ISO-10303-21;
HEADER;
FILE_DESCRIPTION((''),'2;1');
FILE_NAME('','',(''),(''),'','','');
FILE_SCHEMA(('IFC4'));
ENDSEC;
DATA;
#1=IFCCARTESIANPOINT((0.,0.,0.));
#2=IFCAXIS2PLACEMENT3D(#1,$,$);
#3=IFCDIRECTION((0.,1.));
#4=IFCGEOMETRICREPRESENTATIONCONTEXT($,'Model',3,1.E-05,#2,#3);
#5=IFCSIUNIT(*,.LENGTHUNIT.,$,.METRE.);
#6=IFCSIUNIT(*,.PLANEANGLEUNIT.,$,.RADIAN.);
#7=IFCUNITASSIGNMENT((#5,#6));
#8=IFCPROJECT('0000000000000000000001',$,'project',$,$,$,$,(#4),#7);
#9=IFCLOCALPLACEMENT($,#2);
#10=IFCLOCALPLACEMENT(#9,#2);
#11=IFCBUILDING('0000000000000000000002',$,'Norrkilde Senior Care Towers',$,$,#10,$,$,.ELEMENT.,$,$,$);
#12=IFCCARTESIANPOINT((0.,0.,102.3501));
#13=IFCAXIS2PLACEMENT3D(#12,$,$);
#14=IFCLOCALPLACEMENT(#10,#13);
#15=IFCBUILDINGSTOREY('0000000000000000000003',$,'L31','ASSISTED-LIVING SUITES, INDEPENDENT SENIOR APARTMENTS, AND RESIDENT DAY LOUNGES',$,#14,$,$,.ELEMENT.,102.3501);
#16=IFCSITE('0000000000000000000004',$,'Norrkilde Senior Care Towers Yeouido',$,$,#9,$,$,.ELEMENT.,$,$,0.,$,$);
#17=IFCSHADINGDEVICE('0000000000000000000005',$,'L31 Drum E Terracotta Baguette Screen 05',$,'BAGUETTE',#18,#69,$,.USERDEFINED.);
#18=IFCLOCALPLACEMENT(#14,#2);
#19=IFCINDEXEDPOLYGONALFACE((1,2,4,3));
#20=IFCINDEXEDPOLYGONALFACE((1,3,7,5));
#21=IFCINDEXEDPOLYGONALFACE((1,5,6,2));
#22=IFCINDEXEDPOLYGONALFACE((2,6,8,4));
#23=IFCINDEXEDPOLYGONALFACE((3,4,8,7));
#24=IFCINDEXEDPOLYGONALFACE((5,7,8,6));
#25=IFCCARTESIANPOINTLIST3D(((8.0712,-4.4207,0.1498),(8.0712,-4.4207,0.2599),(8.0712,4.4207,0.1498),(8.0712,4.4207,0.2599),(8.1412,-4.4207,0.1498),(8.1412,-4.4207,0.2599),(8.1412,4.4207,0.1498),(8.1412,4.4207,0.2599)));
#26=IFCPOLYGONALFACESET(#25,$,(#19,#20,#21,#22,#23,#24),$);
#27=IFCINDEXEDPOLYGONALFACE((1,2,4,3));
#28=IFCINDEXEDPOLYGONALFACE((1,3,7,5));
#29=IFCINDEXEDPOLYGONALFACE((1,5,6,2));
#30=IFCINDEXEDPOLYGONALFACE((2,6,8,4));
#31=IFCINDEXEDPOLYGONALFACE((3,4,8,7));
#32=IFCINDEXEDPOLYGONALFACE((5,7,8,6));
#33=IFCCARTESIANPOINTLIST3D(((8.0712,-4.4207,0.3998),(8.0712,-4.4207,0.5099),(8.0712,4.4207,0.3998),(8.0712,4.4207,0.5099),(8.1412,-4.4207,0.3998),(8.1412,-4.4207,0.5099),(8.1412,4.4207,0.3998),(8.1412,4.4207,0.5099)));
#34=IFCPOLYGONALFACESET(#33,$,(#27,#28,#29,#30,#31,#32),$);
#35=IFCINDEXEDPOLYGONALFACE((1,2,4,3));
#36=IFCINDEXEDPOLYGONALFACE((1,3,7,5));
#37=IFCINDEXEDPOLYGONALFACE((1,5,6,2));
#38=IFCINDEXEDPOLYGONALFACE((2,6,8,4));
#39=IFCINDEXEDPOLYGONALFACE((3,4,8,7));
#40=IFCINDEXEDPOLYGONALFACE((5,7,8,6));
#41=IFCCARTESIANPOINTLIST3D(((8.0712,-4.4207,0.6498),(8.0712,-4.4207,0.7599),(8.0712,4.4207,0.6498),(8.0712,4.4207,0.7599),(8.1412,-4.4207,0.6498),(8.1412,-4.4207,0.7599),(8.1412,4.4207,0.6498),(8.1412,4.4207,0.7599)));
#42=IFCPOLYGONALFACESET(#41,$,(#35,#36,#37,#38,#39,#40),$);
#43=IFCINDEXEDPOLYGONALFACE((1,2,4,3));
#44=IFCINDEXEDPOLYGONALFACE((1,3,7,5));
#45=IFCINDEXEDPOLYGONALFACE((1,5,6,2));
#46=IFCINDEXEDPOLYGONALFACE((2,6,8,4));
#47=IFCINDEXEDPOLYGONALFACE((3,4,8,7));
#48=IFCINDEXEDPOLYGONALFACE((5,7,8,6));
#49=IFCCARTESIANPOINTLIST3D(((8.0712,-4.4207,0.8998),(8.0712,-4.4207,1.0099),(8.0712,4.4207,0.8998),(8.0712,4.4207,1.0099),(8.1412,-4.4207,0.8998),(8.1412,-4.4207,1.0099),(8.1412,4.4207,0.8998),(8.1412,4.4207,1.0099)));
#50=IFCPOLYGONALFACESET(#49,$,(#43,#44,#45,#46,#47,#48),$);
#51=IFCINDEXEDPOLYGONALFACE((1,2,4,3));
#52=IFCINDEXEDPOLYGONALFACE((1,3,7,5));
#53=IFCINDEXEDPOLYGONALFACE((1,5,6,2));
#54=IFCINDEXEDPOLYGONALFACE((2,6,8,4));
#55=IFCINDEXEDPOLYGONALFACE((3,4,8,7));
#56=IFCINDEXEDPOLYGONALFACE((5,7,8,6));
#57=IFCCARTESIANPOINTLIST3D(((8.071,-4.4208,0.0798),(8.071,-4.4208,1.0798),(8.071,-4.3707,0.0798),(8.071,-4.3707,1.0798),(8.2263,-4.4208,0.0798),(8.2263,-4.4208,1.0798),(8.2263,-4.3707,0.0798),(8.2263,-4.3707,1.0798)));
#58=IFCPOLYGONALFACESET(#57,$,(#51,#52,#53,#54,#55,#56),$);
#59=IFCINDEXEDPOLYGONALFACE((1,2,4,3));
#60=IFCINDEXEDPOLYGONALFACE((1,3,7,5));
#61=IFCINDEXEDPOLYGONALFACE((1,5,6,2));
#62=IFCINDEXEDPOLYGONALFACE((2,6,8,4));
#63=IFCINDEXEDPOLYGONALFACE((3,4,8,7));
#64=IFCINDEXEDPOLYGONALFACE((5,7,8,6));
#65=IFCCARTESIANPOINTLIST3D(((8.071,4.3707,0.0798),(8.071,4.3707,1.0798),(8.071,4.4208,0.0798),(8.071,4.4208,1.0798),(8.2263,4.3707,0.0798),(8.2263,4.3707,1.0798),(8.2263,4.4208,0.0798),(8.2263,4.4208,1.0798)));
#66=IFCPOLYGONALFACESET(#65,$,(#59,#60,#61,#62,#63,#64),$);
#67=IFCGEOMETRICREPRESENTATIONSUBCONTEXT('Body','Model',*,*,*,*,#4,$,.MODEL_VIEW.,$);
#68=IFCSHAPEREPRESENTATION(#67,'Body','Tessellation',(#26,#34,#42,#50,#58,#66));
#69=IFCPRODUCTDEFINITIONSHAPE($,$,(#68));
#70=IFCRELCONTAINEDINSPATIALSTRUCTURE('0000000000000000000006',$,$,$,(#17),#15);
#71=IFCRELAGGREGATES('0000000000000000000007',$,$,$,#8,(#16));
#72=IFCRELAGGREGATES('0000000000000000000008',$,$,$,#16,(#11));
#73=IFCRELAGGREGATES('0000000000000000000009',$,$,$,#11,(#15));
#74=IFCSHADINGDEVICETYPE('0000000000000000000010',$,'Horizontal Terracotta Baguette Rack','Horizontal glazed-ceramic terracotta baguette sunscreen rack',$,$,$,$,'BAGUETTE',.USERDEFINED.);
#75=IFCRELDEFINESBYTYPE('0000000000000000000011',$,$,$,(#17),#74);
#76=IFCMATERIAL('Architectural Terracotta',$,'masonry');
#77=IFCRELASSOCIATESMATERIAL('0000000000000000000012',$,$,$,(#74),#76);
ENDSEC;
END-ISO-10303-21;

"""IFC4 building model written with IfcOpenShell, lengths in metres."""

from ifc_helpers import new_model, si_unit, direction, frame, origin, origin_2d, place, context, subcontext, project, spatial, rectangle, extrude, source, transform, mapped, material, type_object, type_shapes, element, save


model = new_model("IFC4")

# Units and contexts
model_context = context("Model", 3, precision=1e-05, world=origin(), true_north=direction((0.0, 1.0)))
body_context = subcontext(model_context, "Body", "Model", "MODEL_VIEW")
ifc_project = project(units=[si_unit("LENGTHUNIT", "METRE"), si_unit("PLANEANGLEUNIT", "RADIAN")], contexts=[model_context])

# Site, building, storey
site_placement = place(None, origin())
site = spatial("IfcSite", under=ifc_project, at=site_placement, Name="Norrkilde Senior Care Towers Yeouido", CompositionType="ELEMENT", RefElevation=0.0)
building_placement = place(site_placement, origin())
building = spatial("IfcBuilding", under=site, at=building_placement, Name="Norrkilde Senior Care Towers", CompositionType="ELEMENT")
storey_placement = place(building_placement, frame((0.0, 0.0, 102.3501)))
storey = spatial("IfcBuildingStorey", under=building, at=storey_placement, Name="L31", Description="ASSISTED-LIVING SUITES, INDEPENDENT SENIOR APARTMENTS, AND RESIDENT DAY LOUNGES", CompositionType="ELEMENT", Elevation=102.3501)

# Shading device
ifc_material_1 = material(Name="Architectural Terracotta", Category="masonry")
shading_device_type = type_object("IfcShadingDeviceType", Name="Horizontal Terracotta Baguette Rack", Description="Horizontal glazed-ceramic terracotta baguette sunscreen rack", ElementType="BAGUETTE", PredefinedType="USERDEFINED", material=ifc_material_1)
shared_shape_1 = source(origin(), body_context, "Body", "SweptSolid", [
    extrude(rectangle(XDim=0.0701, YDim=0.1101, at=origin_2d()), frame((0.0, 0.0901, 0.125), z_axis=(1.0, 0.0, 0.0), x_axis=(0.0, 1.0, 0.0)), (0.0, 0.0, 1.0), 8.8413),
    extrude(rectangle(XDim=0.0701, YDim=0.1101, at=origin_2d()), frame((0.0, 0.0901, 0.375), z_axis=(1.0, 0.0, 0.0), x_axis=(0.0, 1.0, 0.0)), (0.0, 0.0, 1.0), 8.8413),
    extrude(rectangle(XDim=0.0701, YDim=0.1101, at=origin_2d()), frame((0.0, 0.0901, 0.625), z_axis=(1.0, 0.0, 0.0), x_axis=(0.0, 1.0, 0.0)), (0.0, 0.0, 1.0), 8.8413),
    extrude(rectangle(XDim=0.0701, YDim=0.1101, at=origin_2d()), frame((0.0, 0.0901, 0.875), z_axis=(1.0, 0.0, 0.0), x_axis=(0.0, 1.0, 0.0)), (0.0, 0.0, 1.0), 8.8413),
    extrude(rectangle(XDim=0.05, YDim=0.1553, at=origin_2d()), frame((0.0249, 0.0476, 0.0)), (0.0, 0.0, 1.0), 1.0),
    extrude(rectangle(XDim=0.05, YDim=0.1553, at=origin_2d()), frame((8.8164, 0.0476, 0.0)), (0.0, 0.0, 1.0), 1.0),
])
type_shapes(shading_device_type, [shared_shape_1])
shading_device_placement = place(storey_placement, frame((8.1963, -4.4207, 0.0798), z_axis=(0.0, 0.0, 1.0), x_axis=(0.0, 1.0, 0.0)))
element("IfcShadingDevice", 1, at=shading_device_placement, inside=storey, type_object=shading_device_type, Name="L31 Drum E Terracotta Baguette Screen 05", ObjectType="BAGUETTE", PredefinedType="USERDEFINED", context=body_context, shape_type="MappedRepresentation", body=[
    mapped(shared_shape_1, transform((0.0, 0.0, 0.0), x_axis=(1.0, 0.0, 0.0), y_axis=(0.0, 1.0, 0.0), z_axis=(0.0, 0.0, 1.0), scale=1.0)),
])

save(model, "model.ifc")
